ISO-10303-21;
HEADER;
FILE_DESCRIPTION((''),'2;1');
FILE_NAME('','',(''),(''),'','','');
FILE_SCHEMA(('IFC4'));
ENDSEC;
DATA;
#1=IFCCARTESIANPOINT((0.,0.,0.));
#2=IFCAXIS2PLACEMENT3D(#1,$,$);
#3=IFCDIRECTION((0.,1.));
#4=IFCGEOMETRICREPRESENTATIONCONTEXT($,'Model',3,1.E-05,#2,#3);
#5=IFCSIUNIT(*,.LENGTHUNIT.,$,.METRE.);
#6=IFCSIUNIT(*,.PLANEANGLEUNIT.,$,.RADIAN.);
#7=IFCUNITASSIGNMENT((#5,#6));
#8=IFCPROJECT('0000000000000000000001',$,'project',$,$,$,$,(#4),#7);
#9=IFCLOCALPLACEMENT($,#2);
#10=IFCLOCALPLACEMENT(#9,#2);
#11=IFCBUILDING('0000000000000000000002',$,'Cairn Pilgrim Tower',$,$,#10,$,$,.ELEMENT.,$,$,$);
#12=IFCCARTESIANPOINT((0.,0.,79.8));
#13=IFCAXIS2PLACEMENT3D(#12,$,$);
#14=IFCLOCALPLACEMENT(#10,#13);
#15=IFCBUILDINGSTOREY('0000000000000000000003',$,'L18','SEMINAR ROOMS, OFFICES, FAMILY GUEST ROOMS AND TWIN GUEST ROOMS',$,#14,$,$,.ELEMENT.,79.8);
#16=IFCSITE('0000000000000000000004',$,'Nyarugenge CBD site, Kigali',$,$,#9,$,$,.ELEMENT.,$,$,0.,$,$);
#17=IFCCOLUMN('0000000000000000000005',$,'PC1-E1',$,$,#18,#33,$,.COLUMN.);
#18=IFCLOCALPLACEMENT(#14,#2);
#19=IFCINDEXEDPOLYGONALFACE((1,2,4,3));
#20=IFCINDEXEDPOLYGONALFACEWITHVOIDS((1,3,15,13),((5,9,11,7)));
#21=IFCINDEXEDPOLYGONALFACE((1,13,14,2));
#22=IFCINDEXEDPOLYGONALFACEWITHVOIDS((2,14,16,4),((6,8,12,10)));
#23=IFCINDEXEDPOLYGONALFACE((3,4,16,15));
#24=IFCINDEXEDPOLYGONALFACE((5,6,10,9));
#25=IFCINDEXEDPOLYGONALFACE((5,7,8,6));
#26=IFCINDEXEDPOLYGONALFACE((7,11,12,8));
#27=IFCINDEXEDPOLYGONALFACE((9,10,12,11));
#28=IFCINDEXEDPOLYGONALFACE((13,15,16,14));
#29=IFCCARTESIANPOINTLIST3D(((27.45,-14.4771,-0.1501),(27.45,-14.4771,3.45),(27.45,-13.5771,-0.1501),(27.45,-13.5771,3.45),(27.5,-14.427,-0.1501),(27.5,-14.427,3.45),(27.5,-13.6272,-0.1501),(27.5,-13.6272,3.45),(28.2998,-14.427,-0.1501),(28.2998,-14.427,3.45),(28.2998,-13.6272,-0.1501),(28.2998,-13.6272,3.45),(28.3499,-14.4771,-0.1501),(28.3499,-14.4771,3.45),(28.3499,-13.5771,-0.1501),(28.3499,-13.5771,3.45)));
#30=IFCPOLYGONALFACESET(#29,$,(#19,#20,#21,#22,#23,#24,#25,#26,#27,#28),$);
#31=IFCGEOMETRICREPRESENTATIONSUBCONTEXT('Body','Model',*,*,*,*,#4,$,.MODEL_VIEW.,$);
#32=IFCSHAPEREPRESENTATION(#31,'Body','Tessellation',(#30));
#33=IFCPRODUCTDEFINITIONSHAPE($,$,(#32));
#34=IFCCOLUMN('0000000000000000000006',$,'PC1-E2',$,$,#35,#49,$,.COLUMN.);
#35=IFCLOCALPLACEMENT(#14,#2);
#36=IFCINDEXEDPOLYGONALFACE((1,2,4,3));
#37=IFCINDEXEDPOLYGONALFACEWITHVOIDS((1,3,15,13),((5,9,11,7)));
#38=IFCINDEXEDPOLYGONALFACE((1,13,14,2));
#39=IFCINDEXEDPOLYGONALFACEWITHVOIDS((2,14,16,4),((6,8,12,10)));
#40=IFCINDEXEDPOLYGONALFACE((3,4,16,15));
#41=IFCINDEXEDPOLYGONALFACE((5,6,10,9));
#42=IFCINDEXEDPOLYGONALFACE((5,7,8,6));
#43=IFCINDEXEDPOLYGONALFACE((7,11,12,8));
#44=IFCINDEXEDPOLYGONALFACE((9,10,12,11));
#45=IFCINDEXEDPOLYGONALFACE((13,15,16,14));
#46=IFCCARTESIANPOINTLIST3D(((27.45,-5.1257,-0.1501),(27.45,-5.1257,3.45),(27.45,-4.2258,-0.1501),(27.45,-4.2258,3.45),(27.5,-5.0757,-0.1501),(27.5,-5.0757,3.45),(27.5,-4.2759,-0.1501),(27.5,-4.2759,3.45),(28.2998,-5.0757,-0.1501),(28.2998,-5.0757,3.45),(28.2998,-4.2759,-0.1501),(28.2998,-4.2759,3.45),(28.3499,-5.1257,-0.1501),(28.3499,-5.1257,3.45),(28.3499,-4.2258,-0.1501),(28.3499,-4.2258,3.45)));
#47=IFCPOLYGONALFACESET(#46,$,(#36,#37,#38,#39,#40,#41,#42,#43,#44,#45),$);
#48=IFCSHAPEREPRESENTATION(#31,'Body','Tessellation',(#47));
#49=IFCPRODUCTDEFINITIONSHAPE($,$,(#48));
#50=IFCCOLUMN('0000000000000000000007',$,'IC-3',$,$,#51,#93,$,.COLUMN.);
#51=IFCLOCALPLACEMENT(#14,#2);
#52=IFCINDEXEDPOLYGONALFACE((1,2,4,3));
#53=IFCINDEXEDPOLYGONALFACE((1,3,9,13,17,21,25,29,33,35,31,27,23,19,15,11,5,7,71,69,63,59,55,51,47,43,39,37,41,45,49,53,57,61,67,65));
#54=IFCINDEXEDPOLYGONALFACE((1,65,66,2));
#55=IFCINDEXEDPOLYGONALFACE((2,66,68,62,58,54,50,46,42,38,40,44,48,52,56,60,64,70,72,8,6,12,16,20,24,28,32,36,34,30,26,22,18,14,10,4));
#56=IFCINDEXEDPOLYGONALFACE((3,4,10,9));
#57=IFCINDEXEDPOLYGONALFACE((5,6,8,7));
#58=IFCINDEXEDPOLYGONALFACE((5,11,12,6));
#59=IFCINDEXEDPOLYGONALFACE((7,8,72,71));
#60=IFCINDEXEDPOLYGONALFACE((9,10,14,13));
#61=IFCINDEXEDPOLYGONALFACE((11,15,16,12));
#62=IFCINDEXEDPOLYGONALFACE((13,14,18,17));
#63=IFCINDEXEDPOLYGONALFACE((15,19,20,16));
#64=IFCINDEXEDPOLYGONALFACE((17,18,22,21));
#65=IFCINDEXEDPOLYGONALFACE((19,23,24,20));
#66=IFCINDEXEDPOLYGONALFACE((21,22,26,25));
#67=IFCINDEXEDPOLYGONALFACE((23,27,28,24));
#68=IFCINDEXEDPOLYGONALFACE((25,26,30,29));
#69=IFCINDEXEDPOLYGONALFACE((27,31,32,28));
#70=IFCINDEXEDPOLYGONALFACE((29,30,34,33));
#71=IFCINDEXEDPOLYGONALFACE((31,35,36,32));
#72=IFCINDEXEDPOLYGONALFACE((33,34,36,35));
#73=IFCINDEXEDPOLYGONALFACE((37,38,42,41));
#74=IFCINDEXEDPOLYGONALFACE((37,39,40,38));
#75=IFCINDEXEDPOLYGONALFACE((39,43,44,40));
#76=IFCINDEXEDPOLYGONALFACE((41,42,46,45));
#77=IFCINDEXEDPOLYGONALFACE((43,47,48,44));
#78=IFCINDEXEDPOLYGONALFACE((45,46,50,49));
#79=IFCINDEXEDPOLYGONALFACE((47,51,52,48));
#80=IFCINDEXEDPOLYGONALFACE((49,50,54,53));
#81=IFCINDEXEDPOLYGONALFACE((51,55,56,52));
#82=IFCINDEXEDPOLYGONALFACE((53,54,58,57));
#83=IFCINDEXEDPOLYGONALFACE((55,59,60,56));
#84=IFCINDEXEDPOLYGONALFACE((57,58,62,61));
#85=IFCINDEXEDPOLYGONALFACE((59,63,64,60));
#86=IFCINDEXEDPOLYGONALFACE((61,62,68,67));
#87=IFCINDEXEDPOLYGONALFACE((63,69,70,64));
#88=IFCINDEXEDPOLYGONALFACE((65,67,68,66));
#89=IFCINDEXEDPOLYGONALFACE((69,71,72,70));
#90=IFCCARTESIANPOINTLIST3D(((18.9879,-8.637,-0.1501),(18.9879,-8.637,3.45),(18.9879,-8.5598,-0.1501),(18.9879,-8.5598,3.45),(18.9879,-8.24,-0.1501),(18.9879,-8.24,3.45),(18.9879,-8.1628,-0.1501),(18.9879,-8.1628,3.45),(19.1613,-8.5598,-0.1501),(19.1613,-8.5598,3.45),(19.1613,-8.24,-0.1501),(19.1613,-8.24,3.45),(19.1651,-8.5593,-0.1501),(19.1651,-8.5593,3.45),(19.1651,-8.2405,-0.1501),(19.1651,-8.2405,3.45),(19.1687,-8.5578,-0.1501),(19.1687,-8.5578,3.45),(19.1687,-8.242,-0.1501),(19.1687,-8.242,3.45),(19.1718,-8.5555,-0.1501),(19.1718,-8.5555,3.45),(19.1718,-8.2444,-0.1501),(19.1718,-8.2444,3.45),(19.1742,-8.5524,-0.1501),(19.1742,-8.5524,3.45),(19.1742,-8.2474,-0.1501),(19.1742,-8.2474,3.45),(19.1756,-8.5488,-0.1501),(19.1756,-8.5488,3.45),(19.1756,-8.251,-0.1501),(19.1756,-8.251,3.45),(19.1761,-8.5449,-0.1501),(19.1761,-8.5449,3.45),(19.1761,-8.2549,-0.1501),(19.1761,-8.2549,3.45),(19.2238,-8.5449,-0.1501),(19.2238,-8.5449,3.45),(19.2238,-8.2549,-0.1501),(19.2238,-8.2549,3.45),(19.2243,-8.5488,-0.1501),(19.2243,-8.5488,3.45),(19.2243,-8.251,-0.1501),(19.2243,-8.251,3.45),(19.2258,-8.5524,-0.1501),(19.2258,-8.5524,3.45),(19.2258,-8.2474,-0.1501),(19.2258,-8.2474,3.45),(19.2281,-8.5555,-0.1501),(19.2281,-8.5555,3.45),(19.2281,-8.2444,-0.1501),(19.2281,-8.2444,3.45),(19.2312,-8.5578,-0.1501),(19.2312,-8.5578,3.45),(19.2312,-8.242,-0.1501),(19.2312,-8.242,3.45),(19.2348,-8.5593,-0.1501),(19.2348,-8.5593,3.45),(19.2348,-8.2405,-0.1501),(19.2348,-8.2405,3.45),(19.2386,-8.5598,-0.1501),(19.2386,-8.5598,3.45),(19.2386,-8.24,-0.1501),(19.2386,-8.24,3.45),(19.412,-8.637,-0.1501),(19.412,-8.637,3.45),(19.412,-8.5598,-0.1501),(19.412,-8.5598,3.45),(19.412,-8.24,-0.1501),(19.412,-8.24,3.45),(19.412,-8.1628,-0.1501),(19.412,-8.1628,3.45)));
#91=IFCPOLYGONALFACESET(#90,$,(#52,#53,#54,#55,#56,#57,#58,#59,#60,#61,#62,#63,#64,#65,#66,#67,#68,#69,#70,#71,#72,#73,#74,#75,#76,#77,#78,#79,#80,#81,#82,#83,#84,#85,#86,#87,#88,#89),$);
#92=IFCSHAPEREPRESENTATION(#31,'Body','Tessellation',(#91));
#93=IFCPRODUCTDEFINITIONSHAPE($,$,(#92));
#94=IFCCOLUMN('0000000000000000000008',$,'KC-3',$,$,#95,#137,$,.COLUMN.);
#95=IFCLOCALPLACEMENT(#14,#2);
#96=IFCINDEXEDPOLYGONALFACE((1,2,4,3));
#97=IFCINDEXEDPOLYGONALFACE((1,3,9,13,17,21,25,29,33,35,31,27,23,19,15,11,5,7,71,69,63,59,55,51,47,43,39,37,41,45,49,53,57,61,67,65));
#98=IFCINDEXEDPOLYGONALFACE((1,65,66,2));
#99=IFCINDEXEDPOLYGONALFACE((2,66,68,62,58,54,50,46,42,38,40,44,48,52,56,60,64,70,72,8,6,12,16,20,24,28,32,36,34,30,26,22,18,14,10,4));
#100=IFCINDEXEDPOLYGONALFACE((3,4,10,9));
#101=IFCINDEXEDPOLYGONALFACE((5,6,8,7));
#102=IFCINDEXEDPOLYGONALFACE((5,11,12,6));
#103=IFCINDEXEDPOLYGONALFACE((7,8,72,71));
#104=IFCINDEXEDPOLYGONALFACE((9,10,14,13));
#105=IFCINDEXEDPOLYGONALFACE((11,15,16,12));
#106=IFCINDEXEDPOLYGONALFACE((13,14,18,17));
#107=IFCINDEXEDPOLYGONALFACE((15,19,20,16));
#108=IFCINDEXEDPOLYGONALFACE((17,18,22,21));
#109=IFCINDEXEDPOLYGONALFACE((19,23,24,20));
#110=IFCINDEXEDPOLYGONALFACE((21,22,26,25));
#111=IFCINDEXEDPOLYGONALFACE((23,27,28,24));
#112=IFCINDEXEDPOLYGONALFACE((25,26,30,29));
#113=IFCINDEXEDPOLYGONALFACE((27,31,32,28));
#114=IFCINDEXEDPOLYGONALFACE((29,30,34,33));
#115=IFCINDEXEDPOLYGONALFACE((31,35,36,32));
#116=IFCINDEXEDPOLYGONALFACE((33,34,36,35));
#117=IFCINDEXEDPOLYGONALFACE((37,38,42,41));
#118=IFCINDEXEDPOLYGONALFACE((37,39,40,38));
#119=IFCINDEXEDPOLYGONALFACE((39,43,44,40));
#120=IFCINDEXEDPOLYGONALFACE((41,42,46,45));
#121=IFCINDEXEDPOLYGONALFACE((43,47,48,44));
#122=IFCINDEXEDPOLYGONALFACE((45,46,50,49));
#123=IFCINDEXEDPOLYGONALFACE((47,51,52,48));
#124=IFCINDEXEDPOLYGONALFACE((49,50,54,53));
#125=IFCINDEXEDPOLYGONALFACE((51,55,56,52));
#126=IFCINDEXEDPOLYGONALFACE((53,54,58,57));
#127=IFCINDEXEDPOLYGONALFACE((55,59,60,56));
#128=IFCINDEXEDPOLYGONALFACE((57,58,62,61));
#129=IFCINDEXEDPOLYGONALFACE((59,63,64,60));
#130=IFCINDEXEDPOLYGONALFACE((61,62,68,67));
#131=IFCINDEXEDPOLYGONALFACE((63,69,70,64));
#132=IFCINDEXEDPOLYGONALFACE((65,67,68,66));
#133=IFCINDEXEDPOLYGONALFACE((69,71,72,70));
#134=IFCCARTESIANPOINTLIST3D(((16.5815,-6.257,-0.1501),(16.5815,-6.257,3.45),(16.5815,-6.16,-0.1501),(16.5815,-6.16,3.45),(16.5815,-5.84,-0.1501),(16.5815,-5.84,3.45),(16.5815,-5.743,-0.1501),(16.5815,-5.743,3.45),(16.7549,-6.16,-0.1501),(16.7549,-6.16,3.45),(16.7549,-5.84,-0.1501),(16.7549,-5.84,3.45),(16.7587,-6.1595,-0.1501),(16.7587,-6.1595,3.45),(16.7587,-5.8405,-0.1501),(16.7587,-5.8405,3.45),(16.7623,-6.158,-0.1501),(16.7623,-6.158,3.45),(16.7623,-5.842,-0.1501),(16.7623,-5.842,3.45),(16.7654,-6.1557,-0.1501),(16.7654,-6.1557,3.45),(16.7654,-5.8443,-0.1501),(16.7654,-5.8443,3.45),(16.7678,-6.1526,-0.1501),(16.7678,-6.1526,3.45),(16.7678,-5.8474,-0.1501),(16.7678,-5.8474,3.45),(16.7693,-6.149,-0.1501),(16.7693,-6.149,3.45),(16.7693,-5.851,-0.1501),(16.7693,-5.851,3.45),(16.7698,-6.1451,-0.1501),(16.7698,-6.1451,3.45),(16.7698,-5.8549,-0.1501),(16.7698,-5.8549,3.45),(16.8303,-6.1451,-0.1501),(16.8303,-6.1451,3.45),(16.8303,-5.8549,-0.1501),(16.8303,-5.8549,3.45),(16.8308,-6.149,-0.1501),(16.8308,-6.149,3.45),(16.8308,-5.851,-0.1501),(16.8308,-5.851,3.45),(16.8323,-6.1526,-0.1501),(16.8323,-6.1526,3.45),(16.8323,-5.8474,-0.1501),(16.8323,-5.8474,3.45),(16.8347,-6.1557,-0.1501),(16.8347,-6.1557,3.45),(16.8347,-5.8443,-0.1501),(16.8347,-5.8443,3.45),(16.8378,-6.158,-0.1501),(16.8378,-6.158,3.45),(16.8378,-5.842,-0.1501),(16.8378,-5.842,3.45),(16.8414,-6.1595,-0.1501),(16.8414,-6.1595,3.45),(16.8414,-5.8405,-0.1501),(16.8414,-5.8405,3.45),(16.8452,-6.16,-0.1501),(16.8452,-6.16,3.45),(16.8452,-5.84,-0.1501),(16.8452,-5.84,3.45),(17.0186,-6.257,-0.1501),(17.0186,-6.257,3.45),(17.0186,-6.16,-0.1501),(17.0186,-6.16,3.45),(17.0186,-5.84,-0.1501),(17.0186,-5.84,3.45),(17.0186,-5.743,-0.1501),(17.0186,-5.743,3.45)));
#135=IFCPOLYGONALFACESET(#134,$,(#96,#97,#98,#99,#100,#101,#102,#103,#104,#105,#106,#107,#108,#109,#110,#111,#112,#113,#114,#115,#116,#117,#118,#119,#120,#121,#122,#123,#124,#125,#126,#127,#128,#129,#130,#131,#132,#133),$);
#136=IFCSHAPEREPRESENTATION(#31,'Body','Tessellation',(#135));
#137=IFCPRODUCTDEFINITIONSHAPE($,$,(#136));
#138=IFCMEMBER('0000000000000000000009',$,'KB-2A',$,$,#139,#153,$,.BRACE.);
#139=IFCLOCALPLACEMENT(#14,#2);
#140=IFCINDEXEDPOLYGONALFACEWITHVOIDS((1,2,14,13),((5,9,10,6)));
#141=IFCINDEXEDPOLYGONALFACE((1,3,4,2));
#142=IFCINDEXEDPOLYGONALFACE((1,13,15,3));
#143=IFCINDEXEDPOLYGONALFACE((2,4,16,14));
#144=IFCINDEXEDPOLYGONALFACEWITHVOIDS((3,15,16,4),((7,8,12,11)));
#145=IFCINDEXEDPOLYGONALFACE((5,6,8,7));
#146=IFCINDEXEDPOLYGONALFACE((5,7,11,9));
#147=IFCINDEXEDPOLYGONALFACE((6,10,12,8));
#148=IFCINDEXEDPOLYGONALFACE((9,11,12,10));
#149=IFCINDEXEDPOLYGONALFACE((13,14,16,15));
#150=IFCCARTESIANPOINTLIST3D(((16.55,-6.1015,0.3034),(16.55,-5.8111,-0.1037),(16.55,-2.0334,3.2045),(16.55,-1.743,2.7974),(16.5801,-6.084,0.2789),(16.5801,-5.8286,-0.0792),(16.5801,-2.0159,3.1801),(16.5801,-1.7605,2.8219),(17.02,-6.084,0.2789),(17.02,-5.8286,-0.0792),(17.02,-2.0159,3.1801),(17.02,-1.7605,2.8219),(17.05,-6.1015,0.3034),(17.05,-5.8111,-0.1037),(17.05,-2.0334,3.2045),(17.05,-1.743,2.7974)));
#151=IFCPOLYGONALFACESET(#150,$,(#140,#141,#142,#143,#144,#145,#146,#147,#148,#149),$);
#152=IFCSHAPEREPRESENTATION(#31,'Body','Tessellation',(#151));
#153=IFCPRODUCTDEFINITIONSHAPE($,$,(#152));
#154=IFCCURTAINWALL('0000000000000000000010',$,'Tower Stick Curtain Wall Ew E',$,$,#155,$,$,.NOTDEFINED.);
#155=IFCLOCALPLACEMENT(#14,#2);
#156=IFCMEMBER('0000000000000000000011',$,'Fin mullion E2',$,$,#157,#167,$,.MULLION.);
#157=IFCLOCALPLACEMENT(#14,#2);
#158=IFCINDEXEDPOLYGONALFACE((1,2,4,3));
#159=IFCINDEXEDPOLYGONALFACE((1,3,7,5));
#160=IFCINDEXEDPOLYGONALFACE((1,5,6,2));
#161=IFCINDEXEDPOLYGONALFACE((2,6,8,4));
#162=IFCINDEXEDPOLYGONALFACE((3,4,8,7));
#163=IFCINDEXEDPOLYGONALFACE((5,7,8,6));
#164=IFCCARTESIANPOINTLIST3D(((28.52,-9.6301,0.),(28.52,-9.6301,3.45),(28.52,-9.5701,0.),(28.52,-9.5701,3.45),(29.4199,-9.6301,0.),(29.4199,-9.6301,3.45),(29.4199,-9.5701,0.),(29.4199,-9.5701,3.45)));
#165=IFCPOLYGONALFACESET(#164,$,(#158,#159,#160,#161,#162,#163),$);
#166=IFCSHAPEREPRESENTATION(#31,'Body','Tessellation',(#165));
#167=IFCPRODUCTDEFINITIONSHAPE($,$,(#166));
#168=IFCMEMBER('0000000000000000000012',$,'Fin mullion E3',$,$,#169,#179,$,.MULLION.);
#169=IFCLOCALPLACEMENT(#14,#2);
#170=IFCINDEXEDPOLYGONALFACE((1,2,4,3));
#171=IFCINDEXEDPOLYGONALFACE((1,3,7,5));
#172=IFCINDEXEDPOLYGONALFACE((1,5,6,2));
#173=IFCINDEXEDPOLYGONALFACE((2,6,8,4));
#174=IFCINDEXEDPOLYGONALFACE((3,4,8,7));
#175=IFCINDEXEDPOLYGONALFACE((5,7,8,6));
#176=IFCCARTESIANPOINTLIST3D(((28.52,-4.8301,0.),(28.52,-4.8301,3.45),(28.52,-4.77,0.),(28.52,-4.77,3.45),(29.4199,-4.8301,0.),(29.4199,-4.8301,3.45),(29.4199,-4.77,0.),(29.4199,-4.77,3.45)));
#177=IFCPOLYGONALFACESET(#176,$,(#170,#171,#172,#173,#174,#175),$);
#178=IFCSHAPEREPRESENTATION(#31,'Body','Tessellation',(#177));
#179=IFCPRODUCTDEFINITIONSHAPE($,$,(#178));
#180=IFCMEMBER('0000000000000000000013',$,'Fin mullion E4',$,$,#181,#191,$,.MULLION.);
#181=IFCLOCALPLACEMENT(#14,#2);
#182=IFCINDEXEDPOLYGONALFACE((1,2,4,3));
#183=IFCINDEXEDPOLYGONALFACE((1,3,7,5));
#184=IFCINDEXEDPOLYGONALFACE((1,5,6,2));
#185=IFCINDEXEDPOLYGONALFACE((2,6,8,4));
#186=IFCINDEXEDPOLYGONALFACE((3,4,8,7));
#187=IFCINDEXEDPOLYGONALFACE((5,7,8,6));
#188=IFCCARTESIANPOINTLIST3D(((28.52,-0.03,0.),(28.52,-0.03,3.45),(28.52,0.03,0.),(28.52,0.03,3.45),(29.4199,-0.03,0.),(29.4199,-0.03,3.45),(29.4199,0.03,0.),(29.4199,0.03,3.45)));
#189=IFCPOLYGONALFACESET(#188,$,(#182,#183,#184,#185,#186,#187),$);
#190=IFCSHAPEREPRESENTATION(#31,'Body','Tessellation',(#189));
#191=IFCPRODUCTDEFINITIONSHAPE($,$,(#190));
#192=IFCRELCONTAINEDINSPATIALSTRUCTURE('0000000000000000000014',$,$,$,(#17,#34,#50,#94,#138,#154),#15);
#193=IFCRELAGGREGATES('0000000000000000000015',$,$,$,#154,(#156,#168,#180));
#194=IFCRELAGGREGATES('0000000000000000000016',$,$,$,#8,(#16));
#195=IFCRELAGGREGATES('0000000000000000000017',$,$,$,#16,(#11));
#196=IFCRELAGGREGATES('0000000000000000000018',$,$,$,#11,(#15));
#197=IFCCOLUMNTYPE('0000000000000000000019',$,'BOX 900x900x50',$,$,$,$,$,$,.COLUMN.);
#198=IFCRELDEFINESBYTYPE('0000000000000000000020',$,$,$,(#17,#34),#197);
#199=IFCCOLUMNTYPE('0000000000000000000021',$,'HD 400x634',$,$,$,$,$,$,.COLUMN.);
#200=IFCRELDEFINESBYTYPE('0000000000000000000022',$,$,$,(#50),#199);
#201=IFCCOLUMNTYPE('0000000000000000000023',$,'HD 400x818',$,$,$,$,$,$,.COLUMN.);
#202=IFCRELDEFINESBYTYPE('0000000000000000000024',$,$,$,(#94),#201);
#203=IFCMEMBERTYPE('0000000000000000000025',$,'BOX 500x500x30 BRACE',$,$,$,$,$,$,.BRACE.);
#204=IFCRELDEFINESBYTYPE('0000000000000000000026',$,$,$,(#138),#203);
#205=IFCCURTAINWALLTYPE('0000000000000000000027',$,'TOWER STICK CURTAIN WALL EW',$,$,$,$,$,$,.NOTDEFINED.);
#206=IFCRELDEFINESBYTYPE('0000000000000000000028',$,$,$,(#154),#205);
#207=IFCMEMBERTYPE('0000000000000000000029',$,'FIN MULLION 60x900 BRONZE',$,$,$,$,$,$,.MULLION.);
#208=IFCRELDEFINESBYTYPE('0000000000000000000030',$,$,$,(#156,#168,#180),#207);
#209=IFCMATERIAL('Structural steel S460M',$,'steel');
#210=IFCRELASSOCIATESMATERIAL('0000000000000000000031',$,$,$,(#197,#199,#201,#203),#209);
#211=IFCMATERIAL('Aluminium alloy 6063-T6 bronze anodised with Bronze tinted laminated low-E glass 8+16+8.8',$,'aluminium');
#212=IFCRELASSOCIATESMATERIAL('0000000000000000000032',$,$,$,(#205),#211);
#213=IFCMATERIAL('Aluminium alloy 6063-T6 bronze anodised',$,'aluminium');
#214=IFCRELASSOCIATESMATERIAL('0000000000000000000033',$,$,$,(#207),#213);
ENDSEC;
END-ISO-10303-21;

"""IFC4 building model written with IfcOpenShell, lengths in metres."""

from ifc_helpers import new_model, si_unit, direction, frame, origin, origin_2d, place, context, subcontext, project, spatial, rectangle, hollow_rectangle, i_section, extrude, material, material_profile, profile_set, type_object, element, aggregate, save


model = new_model("IFC4")

# Units and contexts
model_context = context("Model", 3, precision=1e-05, world=origin(), true_north=direction((0.0, 1.0)))
body_context = subcontext(model_context, "Body", "Model", "MODEL_VIEW")
ifc_project = project(units=[si_unit("LENGTHUNIT", "METRE"), si_unit("PLANEANGLEUNIT", "RADIAN")], contexts=[model_context])

# Site, building, storey
site_placement = place(None, origin())
site = spatial("IfcSite", under=ifc_project, at=site_placement, Name="Nyarugenge CBD site, Kigali", CompositionType="ELEMENT", RefElevation=0.0)
building_placement = place(site_placement, origin())
building = spatial("IfcBuilding", under=site, at=building_placement, Name="Cairn Pilgrim Tower", CompositionType="ELEMENT")
storey_placement = place(building_placement, frame((0.0, 0.0, 79.8)))
storey = spatial("IfcBuildingStorey", under=building, at=storey_placement, Name="L18", Description="SEMINAR ROOMS, OFFICES, FAMILY GUEST ROOMS AND TWIN GUEST ROOMS", CompositionType="ELEMENT", Elevation=79.8)

# Columns
ifc_material_1 = material(Name="Structural steel S460M", Category="steel")
ifc_material_profile_1 = material_profile(ifc_material_1, hollow_rectangle(XDim=0.8999, YDim=0.8999, WallThickness=0.05, at=origin_2d()), Name="BOX 900x900x50")
ifc_profile_set_1 = profile_set([ifc_material_profile_1], Name="Structural steel S460M")
column_type_1 = type_object("IfcColumnType", Name="BOX 900x900x50", PredefinedType="COLUMN", material=ifc_profile_set_1)
for number, where, z_axis, x_axis, name in (
    (1, (27.8999, -14.0271, -0.1501), (0.0, 0.0, 1.0), (1.0, 0.0, 0.0), "PC1-E1"),
    (2, (27.8999, -4.6758, -0.1501), (0.0, 0.0, 1.0), (1.0, 0.0, 0.0), "PC1-E2"),
):
    element("IfcColumn", number, at=place(storey_placement, frame(where, z_axis=z_axis, x_axis=x_axis)), inside=storey, type_object=column_type_1, Name=name, PredefinedType="COLUMN", context=body_context, shape_type="SweptSolid", body=[
        extrude(hollow_rectangle(XDim=0.8999, YDim=0.8999, WallThickness=0.05, at=origin_2d()), origin(), (0.0, 0.0, 1.0), 3.6001),
    ])
ifc_material_profile_2 = material_profile(ifc_material_1, i_section(OverallWidth=0.4241, OverallDepth=0.4741, WebThickness=0.0476, FlangeThickness=0.0771, FilletRadius=0.0149, at=origin_2d()), Name="HD 400x634")
ifc_profile_set_2 = profile_set([ifc_material_profile_2], Name="Structural steel S460M")
column_type_2 = type_object("IfcColumnType", Name="HD 400x634", PredefinedType="COLUMN", material=ifc_profile_set_2)
column_1_placement = place(storey_placement, frame((19.2, -8.3999, -0.1501), z_axis=(0.0, 0.0, 1.0), x_axis=(1.0, 0.0, 0.0)))
element("IfcColumn", 3, at=column_1_placement, inside=storey, type_object=column_type_2, Name="IC-3", PredefinedType="COLUMN", context=body_context, shape_type="SweptSolid", body=[
    extrude(i_section(OverallWidth=0.4241, OverallDepth=0.4741, WebThickness=0.0476, FlangeThickness=0.0771, FilletRadius=0.0149, at=origin_2d()), origin(), (0.0, 0.0, 1.0), 3.6001),
])
ifc_material_profile_3 = material_profile(ifc_material_1, i_section(OverallWidth=0.437, OverallDepth=0.5139, WebThickness=0.0605, FlangeThickness=0.0969, FilletRadius=0.0149, at=origin_2d()), Name="HD 400x818")
ifc_profile_set_3 = profile_set([ifc_material_profile_3], Name="Structural steel S460M")
column_type_3 = type_object("IfcColumnType", Name="HD 400x818", PredefinedType="COLUMN", material=ifc_profile_set_3)
column_2_placement = place(storey_placement, frame((16.8, -6.0, -0.1501), z_axis=(0.0, 0.0, 1.0), x_axis=(1.0, 0.0, 0.0)))
element("IfcColumn", 4, at=column_2_placement, inside=storey, type_object=column_type_3, Name="KC-3", PredefinedType="COLUMN", context=body_context, shape_type="SweptSolid", body=[
    extrude(i_section(OverallWidth=0.437, OverallDepth=0.5139, WebThickness=0.0605, FlangeThickness=0.0969, FilletRadius=0.0149, at=origin_2d()), origin(), (0.0, 0.0, 1.0), 3.6001),
])

# Member
ifc_material_profile_4 = material_profile(ifc_material_1, hollow_rectangle(XDim=0.5, YDim=0.5, WallThickness=0.03, at=origin_2d()), Name="BOX 500x500x30")
ifc_profile_set_4 = profile_set([ifc_material_profile_4], Name="Structural steel S460M")
member_type_1 = type_object("IfcMemberType", Name="BOX 500x500x30 BRACE", PredefinedType="BRACE", material=ifc_profile_set_4)
member_1_placement = place(storey_placement, frame((16.8, -5.9563, 0.0999), z_axis=(0.0, 0.814176, 0.580619), x_axis=(-1.0, 0.0, 0.0)))
element("IfcMember", 5, at=member_1_placement, inside=storey, type_object=member_type_1, Name="KB-2A", PredefinedType="BRACE", context=body_context, shape_type="SweptSolid", body=[
    extrude(hollow_rectangle(XDim=0.5, YDim=0.5, WallThickness=0.03, at=origin_2d()), origin(), (0.0, 0.0, 1.0), 4.9966),
])

# Curtain wall, members
ifc_material_2 = material(Name="Aluminium alloy 6063-T6 bronze anodised with Bronze tinted laminated low-E glass 8+16+8.8", Category="aluminium")
curtain_wall_type = type_object("IfcCurtainWallType", Name="TOWER STICK CURTAIN WALL EW", PredefinedType="NOTDEFINED", material=ifc_material_2)
curtain_wall_placement = place(storey_placement, origin())
curtain_wall = element("IfcCurtainWall", 6, at=curtain_wall_placement, inside=storey, type_object=curtain_wall_type, Name="Tower Stick Curtain Wall Ew E", PredefinedType="NOTDEFINED")
ifc_material_3 = material(Name="Aluminium alloy 6063-T6 bronze anodised", Category="aluminium")
ifc_material_profile_5 = material_profile(ifc_material_3, rectangle(XDim=0.8999, YDim=0.0601, at=origin_2d()), Name="FIN MULLION 60x900 BRONZE")
ifc_profile_set_5 = profile_set([ifc_material_profile_5], Name="Aluminium alloy 6063-T6 bronze anodised")
member_type_2 = type_object("IfcMemberType", Name="FIN MULLION 60x900 BRONZE", PredefinedType="MULLION", material=ifc_profile_set_5)
member_2_placement = place(storey_placement, frame((28.97, -9.6001, 0.0), z_axis=(0.0, 0.0, 1.0), x_axis=(1.0, 0.0, 0.0)))
member_2 = element("IfcMember", 7, at=member_2_placement, type_object=member_type_2, Name="Fin mullion E2", PredefinedType="MULLION", context=body_context, shape_type="SweptSolid", body=[
    extrude(rectangle(XDim=0.8999, YDim=0.0601, at=origin_2d()), origin(), (0.0, 0.0, 1.0), 3.45),
])
member_3_placement = place(storey_placement, frame((28.97, -4.8, 0.0), z_axis=(0.0, 0.0, 1.0), x_axis=(1.0, 0.0, 0.0)))
member_3 = element("IfcMember", 8, at=member_3_placement, type_object=member_type_2, Name="Fin mullion E3", PredefinedType="MULLION", context=body_context, shape_type="SweptSolid", body=[
    extrude(rectangle(XDim=0.8999, YDim=0.0601, at=origin_2d()), origin(), (0.0, 0.0, 1.0), 3.45),
])
member_4_placement = place(storey_placement, frame((28.97, 0.0, 0.0), z_axis=(0.0, 0.0, 1.0), x_axis=(1.0, 0.0, 0.0)))
member_4 = element("IfcMember", 9, at=member_4_placement, type_object=member_type_2, Name="Fin mullion E4", PredefinedType="MULLION", context=body_context, shape_type="SweptSolid", body=[
    extrude(rectangle(XDim=0.8999, YDim=0.0601, at=origin_2d()), origin(), (0.0, 0.0, 1.0), 3.45),
])

aggregate(curtain_wall, [member_2, member_3, member_4])

save(model, "model.ifc")
